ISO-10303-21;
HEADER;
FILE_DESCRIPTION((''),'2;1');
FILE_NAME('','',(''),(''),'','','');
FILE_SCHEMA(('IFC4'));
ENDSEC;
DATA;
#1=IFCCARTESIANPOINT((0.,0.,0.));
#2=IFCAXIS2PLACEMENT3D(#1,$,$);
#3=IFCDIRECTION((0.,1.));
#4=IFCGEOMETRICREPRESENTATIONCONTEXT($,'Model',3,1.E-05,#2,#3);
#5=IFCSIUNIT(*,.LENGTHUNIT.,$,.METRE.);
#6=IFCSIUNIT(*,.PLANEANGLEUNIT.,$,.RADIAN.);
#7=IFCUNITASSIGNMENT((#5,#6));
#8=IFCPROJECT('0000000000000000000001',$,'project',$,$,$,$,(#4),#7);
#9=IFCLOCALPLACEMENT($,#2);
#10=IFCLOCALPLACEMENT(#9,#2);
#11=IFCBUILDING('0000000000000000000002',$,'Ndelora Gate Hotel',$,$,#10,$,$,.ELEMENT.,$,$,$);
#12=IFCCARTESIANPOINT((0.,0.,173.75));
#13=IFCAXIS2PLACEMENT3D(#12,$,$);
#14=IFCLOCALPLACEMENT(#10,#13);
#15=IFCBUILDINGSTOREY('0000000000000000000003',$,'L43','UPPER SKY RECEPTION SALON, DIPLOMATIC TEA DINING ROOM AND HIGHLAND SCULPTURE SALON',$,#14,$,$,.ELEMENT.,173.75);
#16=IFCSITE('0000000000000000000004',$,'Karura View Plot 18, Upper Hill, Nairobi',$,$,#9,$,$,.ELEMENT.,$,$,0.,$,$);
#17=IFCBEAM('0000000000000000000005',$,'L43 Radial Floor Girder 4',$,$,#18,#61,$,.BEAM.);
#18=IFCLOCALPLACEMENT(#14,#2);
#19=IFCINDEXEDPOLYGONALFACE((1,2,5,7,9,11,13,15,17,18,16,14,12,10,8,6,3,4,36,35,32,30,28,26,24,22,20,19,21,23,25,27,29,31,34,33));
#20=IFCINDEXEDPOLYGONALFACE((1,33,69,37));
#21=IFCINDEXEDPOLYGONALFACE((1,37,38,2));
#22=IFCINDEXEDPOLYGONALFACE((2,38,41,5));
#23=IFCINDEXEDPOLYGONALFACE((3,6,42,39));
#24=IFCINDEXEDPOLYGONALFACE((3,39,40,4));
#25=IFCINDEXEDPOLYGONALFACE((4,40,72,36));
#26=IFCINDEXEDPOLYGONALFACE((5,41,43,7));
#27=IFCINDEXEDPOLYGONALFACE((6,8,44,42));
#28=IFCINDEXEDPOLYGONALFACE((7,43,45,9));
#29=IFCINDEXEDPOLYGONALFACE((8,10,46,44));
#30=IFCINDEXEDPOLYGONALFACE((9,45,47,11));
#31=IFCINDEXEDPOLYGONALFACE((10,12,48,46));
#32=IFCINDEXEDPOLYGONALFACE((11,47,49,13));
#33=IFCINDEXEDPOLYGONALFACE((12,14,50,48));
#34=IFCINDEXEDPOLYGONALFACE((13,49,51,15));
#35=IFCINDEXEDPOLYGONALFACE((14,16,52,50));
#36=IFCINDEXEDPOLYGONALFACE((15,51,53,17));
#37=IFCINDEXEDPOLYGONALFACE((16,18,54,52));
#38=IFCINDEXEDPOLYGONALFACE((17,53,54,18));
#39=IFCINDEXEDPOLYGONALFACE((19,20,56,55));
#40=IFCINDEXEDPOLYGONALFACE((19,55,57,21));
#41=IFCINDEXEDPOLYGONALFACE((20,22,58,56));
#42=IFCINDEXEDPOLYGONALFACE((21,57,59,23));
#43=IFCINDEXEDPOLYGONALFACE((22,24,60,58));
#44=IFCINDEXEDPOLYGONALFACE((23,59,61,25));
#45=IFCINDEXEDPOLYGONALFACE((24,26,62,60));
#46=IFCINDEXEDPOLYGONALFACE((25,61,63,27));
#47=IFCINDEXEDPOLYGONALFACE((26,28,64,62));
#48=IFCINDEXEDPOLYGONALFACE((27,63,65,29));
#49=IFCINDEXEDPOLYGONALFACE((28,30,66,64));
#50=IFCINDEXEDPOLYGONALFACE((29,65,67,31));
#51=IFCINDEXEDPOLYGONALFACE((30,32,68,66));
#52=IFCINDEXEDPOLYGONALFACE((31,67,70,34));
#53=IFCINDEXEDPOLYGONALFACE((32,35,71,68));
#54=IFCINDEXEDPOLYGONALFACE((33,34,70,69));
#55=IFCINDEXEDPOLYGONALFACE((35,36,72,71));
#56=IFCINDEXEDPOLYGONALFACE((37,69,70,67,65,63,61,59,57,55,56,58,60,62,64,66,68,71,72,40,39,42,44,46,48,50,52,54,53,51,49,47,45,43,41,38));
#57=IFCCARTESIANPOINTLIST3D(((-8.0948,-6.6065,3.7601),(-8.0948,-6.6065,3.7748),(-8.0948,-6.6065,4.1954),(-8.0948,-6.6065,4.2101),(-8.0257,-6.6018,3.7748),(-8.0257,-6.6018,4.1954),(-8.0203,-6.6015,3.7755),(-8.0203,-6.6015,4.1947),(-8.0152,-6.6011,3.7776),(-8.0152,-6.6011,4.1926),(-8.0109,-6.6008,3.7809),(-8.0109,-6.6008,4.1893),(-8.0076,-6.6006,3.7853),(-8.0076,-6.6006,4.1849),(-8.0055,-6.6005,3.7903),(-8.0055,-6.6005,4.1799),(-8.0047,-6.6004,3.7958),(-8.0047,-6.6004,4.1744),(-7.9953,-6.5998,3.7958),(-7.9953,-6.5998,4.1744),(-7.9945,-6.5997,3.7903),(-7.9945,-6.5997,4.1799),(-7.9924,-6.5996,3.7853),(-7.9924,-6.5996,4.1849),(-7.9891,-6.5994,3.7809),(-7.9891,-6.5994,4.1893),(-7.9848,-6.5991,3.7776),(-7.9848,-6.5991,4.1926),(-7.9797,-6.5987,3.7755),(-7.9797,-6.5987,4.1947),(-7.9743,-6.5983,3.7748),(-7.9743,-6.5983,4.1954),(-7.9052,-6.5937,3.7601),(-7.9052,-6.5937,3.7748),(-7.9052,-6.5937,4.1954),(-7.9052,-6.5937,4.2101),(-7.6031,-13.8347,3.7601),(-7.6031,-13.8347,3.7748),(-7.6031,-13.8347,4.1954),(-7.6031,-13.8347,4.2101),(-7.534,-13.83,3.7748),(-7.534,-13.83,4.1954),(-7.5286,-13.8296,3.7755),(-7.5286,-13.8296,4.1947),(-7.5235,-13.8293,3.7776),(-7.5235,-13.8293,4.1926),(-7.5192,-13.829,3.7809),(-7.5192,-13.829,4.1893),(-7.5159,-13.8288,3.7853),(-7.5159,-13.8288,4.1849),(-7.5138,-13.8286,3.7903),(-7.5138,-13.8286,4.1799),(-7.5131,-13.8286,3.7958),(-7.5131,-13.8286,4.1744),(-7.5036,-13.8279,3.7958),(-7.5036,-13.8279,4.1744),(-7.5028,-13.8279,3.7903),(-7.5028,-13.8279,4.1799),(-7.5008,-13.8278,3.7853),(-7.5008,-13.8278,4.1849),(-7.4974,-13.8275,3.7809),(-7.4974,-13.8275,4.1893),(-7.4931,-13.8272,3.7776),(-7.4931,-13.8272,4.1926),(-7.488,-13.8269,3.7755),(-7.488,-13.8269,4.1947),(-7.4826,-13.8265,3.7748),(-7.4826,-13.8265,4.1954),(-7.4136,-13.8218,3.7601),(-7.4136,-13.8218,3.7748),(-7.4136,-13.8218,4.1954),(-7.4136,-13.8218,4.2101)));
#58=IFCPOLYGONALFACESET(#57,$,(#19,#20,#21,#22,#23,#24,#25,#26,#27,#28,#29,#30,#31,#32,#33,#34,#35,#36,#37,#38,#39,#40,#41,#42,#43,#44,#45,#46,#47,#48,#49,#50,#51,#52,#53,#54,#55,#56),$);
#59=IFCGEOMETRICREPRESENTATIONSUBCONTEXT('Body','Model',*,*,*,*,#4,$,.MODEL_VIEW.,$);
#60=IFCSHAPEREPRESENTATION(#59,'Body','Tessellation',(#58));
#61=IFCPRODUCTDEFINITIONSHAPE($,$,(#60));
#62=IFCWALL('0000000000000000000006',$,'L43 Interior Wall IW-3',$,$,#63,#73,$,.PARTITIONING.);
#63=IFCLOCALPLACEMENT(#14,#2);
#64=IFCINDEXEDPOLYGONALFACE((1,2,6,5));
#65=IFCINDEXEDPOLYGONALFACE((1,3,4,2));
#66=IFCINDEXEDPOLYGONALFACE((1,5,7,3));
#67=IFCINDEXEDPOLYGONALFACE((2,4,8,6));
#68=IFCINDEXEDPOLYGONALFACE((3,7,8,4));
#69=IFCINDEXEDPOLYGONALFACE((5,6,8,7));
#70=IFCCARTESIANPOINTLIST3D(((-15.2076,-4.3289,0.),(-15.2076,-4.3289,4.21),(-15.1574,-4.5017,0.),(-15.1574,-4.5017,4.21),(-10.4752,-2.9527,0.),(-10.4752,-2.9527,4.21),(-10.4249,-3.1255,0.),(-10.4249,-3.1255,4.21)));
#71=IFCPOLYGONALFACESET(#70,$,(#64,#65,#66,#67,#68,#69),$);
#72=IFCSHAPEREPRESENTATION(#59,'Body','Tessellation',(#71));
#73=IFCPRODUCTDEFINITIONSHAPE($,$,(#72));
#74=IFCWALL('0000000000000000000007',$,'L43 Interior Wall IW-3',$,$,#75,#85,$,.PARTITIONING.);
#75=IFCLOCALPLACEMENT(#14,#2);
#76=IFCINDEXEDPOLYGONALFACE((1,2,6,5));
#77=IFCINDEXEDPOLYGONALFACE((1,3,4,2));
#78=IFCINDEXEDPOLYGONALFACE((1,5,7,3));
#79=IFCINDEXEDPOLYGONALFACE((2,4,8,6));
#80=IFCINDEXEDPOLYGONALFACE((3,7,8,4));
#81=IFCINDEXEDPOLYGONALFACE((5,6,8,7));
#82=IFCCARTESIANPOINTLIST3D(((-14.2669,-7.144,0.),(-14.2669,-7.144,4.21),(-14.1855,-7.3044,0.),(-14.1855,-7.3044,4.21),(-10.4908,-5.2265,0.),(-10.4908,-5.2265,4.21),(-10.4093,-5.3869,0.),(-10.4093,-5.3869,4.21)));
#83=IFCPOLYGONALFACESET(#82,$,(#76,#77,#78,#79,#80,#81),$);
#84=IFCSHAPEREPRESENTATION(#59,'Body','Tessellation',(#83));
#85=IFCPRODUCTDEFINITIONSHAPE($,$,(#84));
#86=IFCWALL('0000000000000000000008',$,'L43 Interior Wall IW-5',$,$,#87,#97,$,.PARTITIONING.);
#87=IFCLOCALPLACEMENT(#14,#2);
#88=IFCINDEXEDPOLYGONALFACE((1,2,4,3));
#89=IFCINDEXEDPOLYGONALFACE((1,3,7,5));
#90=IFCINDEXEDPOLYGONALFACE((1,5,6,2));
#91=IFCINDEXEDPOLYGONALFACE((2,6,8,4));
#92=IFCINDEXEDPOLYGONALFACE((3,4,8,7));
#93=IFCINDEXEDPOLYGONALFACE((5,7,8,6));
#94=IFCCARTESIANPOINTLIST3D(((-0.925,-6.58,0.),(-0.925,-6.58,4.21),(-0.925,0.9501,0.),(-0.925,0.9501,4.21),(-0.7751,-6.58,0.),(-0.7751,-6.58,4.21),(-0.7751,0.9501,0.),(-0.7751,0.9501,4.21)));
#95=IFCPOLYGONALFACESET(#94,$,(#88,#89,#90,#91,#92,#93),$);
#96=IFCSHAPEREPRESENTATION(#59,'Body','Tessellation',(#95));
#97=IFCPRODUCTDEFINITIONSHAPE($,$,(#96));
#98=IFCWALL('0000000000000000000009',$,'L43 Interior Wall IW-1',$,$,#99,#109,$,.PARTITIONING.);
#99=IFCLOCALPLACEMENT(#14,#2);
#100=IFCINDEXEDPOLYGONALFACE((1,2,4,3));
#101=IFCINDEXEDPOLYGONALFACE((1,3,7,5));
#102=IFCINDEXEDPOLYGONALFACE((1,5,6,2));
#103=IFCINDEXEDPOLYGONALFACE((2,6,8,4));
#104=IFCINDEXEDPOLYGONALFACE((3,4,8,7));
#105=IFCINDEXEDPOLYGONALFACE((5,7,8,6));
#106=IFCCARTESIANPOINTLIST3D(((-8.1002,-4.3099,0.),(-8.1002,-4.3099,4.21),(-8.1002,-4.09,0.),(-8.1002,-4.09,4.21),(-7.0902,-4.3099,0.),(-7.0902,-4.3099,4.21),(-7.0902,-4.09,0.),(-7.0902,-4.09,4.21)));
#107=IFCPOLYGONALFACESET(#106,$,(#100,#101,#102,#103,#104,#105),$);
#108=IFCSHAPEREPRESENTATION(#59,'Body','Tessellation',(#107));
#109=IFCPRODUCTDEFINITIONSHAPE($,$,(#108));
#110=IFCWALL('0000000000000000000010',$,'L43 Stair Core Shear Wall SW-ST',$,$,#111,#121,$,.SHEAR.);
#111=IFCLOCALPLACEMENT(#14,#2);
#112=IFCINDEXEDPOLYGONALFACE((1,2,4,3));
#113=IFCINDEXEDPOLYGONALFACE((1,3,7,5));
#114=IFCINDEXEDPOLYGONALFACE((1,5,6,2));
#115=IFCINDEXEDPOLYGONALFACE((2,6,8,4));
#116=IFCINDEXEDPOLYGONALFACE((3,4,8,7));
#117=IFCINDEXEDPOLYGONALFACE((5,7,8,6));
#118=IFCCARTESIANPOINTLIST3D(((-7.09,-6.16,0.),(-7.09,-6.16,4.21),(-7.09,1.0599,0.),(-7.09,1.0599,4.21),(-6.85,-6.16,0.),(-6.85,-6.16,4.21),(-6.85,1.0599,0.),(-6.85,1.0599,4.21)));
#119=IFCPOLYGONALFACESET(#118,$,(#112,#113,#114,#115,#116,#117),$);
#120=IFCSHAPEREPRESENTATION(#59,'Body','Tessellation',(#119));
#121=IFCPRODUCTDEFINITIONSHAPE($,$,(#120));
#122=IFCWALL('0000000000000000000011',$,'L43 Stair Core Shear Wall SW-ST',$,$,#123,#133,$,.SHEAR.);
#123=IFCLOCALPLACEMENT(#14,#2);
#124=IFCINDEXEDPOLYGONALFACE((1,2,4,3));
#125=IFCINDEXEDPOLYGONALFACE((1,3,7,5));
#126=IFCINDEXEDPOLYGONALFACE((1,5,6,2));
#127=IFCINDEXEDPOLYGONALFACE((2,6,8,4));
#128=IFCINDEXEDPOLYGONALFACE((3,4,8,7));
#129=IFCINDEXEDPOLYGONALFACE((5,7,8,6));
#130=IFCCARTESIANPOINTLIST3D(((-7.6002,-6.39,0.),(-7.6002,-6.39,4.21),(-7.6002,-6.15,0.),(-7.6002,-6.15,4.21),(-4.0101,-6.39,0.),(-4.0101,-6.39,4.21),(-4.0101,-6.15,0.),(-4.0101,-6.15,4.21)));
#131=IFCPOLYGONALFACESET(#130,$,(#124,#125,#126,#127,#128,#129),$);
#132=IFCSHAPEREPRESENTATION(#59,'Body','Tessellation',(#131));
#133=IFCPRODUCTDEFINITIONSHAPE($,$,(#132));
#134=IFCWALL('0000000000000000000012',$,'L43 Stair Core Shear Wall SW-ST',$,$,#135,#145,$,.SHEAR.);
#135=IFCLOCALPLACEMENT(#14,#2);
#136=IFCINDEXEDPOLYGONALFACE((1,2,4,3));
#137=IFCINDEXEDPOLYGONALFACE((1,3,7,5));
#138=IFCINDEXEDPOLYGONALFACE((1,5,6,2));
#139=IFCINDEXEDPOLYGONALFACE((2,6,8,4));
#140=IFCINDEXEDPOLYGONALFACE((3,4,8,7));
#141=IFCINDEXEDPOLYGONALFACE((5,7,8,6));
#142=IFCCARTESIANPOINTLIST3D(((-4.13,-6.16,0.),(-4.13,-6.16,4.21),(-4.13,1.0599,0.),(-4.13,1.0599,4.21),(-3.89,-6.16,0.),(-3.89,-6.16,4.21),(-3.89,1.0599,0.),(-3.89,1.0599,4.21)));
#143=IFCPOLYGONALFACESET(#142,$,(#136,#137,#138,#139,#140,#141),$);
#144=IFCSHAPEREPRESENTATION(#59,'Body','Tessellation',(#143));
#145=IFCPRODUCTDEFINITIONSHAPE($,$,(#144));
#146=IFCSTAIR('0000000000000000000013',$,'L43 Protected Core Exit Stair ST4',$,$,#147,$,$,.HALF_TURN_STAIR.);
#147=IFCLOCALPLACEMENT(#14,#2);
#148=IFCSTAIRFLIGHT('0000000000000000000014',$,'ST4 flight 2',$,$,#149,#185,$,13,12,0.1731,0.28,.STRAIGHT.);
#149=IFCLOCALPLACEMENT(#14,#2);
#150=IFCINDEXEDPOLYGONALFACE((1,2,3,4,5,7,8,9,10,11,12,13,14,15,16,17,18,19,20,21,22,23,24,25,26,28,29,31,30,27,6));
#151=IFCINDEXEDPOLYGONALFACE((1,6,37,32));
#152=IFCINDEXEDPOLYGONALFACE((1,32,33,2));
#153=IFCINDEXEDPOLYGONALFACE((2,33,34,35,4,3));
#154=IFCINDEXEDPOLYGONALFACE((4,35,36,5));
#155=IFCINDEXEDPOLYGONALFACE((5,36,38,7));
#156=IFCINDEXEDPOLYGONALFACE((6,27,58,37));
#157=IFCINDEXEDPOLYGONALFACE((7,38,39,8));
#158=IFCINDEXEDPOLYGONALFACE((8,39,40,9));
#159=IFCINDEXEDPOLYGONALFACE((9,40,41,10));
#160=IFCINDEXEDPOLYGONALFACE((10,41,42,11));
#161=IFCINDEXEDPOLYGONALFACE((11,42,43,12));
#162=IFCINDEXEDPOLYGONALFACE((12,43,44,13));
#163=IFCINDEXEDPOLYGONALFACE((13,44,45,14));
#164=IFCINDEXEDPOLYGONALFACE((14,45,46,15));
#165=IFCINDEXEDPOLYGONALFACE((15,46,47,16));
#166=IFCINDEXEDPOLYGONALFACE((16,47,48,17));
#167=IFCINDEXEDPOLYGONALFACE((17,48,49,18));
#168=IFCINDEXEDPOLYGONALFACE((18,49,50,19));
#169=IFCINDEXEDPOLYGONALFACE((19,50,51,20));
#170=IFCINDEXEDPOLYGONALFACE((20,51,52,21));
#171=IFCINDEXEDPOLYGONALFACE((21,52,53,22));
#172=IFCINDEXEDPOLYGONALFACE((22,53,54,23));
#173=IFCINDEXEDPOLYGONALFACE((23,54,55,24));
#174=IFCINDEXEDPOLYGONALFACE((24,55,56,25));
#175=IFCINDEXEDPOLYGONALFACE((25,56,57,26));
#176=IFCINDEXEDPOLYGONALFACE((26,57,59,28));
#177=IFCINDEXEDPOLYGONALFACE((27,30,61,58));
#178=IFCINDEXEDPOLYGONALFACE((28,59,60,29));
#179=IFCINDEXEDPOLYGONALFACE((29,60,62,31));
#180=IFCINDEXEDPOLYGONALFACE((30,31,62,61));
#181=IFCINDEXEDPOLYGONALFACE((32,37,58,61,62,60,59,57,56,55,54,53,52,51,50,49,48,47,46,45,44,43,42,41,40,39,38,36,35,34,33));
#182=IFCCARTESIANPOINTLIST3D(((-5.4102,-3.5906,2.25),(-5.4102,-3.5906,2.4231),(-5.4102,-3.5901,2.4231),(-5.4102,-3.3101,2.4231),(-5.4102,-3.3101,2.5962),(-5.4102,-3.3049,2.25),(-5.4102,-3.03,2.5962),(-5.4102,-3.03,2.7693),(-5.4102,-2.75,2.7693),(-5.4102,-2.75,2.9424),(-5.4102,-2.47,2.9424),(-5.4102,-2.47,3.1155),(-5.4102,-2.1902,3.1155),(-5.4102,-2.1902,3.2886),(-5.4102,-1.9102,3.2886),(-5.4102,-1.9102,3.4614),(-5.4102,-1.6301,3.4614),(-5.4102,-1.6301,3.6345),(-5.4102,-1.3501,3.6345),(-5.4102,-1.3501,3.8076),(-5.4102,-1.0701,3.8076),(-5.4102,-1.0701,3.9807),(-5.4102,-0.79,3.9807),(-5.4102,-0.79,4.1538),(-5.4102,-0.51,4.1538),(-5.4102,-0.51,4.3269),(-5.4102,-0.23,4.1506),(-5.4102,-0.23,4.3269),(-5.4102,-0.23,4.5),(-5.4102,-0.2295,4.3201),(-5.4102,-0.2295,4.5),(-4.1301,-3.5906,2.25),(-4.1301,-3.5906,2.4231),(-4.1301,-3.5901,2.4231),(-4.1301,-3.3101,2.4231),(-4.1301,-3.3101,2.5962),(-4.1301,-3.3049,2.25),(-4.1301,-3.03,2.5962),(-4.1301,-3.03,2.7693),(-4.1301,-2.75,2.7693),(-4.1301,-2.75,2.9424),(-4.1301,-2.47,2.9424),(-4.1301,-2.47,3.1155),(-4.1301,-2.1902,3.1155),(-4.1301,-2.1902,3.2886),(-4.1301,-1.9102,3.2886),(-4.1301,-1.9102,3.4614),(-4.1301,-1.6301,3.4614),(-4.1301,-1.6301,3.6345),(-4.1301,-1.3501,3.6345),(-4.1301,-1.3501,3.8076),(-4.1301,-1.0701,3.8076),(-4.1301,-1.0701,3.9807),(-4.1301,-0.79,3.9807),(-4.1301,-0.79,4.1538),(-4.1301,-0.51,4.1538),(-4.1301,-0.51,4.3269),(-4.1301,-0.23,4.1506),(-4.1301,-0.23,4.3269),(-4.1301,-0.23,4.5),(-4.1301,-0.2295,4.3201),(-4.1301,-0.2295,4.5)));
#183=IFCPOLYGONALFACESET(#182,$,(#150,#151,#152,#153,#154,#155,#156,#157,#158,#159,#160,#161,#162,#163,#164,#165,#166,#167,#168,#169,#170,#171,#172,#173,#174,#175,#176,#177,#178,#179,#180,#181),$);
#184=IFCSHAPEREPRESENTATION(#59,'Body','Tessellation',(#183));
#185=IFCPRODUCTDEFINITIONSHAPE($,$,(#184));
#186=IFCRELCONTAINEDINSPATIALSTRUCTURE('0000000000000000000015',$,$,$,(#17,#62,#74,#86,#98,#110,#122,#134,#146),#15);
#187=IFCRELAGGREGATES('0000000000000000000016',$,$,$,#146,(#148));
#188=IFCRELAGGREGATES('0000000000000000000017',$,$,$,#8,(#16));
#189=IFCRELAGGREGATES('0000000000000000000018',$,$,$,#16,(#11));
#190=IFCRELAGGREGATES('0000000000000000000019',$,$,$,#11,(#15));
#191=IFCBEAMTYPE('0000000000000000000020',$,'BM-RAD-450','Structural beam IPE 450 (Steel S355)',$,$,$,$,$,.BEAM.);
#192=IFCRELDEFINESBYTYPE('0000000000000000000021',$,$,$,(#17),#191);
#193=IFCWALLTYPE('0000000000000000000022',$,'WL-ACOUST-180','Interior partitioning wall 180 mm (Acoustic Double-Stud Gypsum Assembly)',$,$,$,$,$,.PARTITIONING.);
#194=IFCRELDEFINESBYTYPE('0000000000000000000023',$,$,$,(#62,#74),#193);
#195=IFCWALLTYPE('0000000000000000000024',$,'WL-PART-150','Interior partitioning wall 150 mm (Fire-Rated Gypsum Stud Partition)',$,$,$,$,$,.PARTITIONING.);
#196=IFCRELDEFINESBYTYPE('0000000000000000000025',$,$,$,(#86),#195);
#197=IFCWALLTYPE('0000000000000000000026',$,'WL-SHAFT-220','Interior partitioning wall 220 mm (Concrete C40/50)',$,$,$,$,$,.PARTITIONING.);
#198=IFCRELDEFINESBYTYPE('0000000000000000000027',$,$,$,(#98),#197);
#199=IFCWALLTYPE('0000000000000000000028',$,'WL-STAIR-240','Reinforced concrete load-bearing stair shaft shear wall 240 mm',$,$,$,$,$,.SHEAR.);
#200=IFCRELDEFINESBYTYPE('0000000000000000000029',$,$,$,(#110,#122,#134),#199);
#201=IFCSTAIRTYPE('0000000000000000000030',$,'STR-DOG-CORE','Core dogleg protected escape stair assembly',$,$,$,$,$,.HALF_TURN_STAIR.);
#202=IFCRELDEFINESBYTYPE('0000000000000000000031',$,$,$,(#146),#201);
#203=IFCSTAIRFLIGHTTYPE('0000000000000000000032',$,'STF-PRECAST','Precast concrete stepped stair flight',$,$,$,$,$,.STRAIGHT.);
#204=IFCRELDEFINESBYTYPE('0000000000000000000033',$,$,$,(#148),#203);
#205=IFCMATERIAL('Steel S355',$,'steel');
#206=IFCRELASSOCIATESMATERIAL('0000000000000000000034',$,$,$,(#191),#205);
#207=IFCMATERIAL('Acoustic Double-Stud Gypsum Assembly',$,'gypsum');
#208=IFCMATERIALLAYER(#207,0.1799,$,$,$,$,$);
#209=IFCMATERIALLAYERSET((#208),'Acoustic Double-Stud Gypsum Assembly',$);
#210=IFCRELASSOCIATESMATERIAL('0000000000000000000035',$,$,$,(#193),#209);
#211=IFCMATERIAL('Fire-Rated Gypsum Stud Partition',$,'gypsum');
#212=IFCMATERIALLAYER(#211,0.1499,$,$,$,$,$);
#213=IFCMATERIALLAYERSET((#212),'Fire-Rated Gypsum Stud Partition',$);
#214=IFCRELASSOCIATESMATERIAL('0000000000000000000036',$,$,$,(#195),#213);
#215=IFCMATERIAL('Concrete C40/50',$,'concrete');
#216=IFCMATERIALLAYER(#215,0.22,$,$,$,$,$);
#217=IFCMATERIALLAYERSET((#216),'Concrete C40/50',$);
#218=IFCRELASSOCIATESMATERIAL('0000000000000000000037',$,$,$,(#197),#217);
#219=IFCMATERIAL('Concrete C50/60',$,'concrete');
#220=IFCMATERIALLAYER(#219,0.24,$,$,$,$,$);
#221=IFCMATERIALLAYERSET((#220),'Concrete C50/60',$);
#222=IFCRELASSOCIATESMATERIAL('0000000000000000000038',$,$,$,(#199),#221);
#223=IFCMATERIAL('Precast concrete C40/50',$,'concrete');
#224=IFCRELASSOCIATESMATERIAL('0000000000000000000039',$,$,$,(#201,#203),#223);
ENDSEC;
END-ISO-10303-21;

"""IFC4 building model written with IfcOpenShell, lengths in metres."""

from ifc_helpers import new_model, si_unit, direction, frame, frame_2d, origin, origin_2d, place, context, subcontext, project, spatial, polyline, rectangle, i_section, outline, extrude, material, layer, layer_set, material_profile, profile_set, type_object, element, aggregate, save


model = new_model("IFC4")

# Units and contexts
model_context = context("Model", 3, precision=1e-05, world=origin(), true_north=direction((0.0, 1.0)))
body_context = subcontext(model_context, "Body", "Model", "MODEL_VIEW")
ifc_project = project(units=[si_unit("LENGTHUNIT", "METRE"), si_unit("PLANEANGLEUNIT", "RADIAN")], contexts=[model_context])

# Site, building, storey
site_placement = place(None, origin())
site = spatial("IfcSite", under=ifc_project, at=site_placement, Name="Karura View Plot 18, Upper Hill, Nairobi", CompositionType="ELEMENT", RefElevation=0.0)
building_placement = place(site_placement, origin())
building = spatial("IfcBuilding", under=site, at=building_placement, Name="Ndelora Gate Hotel", CompositionType="ELEMENT")
storey_placement = place(building_placement, frame((0.0, 0.0, 173.75)))
storey = spatial("IfcBuildingStorey", under=building, at=storey_placement, Name="L43", Description="UPPER SKY RECEPTION SALON, DIPLOMATIC TEA DINING ROOM AND HIGHLAND SCULPTURE SALON", CompositionType="ELEMENT", Elevation=173.75)

# Shared definitions
ifc_material_1 = material(Name="Concrete C50/60", Category="concrete")

# Beam
ifc_material_2 = material(Name="Steel S355", Category="steel")
ifc_material_profile_1 = material_profile(ifc_material_2, i_section(OverallWidth=0.1899, OverallDepth=0.45, WebThickness=0.0095, FlangeThickness=0.0146, FilletRadius=0.021, at=origin_2d()), Name="IPE 450")
ifc_profile_set_1 = profile_set([ifc_material_profile_1], Name="Steel S355")
beam_type_1 = type_object("IfcBeamType", Name="BM-RAD-450", Description="Structural beam IPE 450 (Steel S355)", PredefinedType="BEAM", material=ifc_profile_set_1)
beam_1_placement = place(storey_placement, frame((-8.0, -6.6001, 3.9851), z_axis=(0.067868, -0.997694, 0.0), x_axis=(0.997694, 0.067868, 0.0)))
element("IfcBeam", 1, at=beam_1_placement, inside=storey, type_object=beam_type_1, Name="L43 Radial Floor Girder 4", PredefinedType="BEAM", context=body_context, shape_type="SweptSolid", body=[
    extrude(i_section(OverallWidth=0.1899, OverallDepth=0.45, WebThickness=0.0095, FlangeThickness=0.0146, FilletRadius=0.021, at=origin_2d()), origin(), (0.0, 0.0, 1.0), 7.2449),
])

# Walls
ifc_material_3 = material(Name="Acoustic Double-Stud Gypsum Assembly", Category="gypsum")
ifc_layer_1 = layer(ifc_material_3, 0.1799)
ifc_layer_set_1 = layer_set([ifc_layer_1], Name="Acoustic Double-Stud Gypsum Assembly")
wall_type_1 = type_object("IfcWallType", Name="WL-ACOUST-180", Description="Interior partitioning wall 180 mm (Acoustic Double-Stud Gypsum Assembly)", PredefinedType="PARTITIONING", material=ifc_layer_set_1)
wall_1_placement = place(storey_placement, frame((-10.45, -3.0391, 0.0), z_axis=(0.0, 0.0, 1.0), x_axis=(-0.960222, -0.279239, 0.0)))
element("IfcWall", 2, at=wall_1_placement, inside=storey, type_object=wall_type_1, Name="L43 Interior Wall IW-3", PredefinedType="PARTITIONING", context=body_context, shape_type="SweptSolid", body=[
    extrude(rectangle(XDim=4.9285, YDim=0.1799, at=frame_2d((2.4644, 0.0))), origin(), (0.0, 0.0, 1.0), 4.21),
])
wall_2_placement = place(storey_placement, frame((-10.45, -5.3066, 0.0), z_axis=(0.0, 0.0, 1.0), x_axis=(-0.891631, -0.452762, 0.0)))
element("IfcWall", 3, at=wall_2_placement, inside=storey, type_object=wall_type_1, Name="L43 Interior Wall IW-3", PredefinedType="PARTITIONING", context=body_context, shape_type="SweptSolid", body=[
    extrude(rectangle(XDim=4.2351, YDim=0.1799, at=frame_2d((2.1177, 0.0))), origin(), (0.0, 0.0, 1.0), 4.21),
])
ifc_material_4 = material(Name="Fire-Rated Gypsum Stud Partition", Category="gypsum")
ifc_layer_2 = layer(ifc_material_4, 0.1499)
ifc_layer_set_2 = layer_set([ifc_layer_2], Name="Fire-Rated Gypsum Stud Partition")
wall_type_2 = type_object("IfcWallType", Name="WL-PART-150", Description="Interior partitioning wall 150 mm (Fire-Rated Gypsum Stud Partition)", PredefinedType="PARTITIONING", material=ifc_layer_set_2)
wall_3_placement = place(storey_placement, frame((-0.8501, -6.5801, 0.0), z_axis=(0.0, 0.0, 1.0), x_axis=(0.0, 1.0, 0.0)))
element("IfcWall", 4, at=wall_3_placement, inside=storey, type_object=wall_type_2, Name="L43 Interior Wall IW-5", PredefinedType="PARTITIONING", context=body_context, shape_type="SweptSolid", body=[
    extrude(rectangle(XDim=7.53, YDim=0.1499, at=frame_2d((3.7651, 0.0))), origin(), (0.0, 0.0, 1.0), 4.21),
])
ifc_material_5 = material(Name="Concrete C40/50", Category="concrete")
ifc_layer_3 = layer(ifc_material_5, 0.22)
ifc_layer_set_3 = layer_set([ifc_layer_3], Name="Concrete C40/50")
wall_type_3 = type_object("IfcWallType", Name="WL-SHAFT-220", Description="Interior partitioning wall 220 mm (Concrete C40/50)", PredefinedType="PARTITIONING", material=ifc_layer_set_3)
wall_4_placement = place(storey_placement, frame((-8.1001, -4.2, 0.0), z_axis=(0.0, 0.0, 1.0), x_axis=(1.0, 0.0, 0.0)))
element("IfcWall", 5, at=wall_4_placement, inside=storey, type_object=wall_type_3, Name="L43 Interior Wall IW-1", PredefinedType="PARTITIONING", context=body_context, shape_type="SweptSolid", body=[
    extrude(rectangle(XDim=1.01, YDim=0.22, at=frame_2d((0.5049, 0.0))), origin(), (0.0, 0.0, 1.0), 4.21),
])
ifc_layer_4 = layer(ifc_material_1, 0.24)
ifc_layer_set_4 = layer_set([ifc_layer_4], Name="Concrete C50/60")
wall_type_4 = type_object("IfcWallType", Name="WL-STAIR-240", Description="Reinforced concrete load-bearing stair shaft shear wall 240 mm", PredefinedType="SHEAR", material=ifc_layer_set_4)
wall_5_placement = place(storey_placement, frame((-6.97, -6.1599, 0.0), z_axis=(0.0, 0.0, 1.0), x_axis=(0.0, 1.0, 0.0)))
element("IfcWall", 6, at=wall_5_placement, inside=storey, type_object=wall_type_4, Name="L43 Stair Core Shear Wall SW-ST", PredefinedType="SHEAR", context=body_context, shape_type="SweptSolid", body=[
    extrude(rectangle(XDim=7.22, YDim=0.24, at=frame_2d((3.6099, 0.0))), origin(), (0.0, 0.0, 1.0), 4.21),
])
wall_6_placement = place(storey_placement, frame((-7.6001, -6.27, 0.0), z_axis=(0.0, 0.0, 1.0), x_axis=(1.0, 0.0, 0.0)))
element("IfcWall", 7, at=wall_6_placement, inside=storey, type_object=wall_type_4, Name="L43 Stair Core Shear Wall SW-ST", PredefinedType="SHEAR", context=body_context, shape_type="SweptSolid", body=[
    extrude(rectangle(XDim=3.5901, YDim=0.24, at=frame_2d((1.7949, 0.0))), origin(), (0.0, 0.0, 1.0), 4.21),
])
wall_7_placement = place(storey_placement, frame((-4.01, -6.1599, 0.0), z_axis=(0.0, 0.0, 1.0), x_axis=(0.0, 1.0, 0.0)))
element("IfcWall", 8, at=wall_7_placement, inside=storey, type_object=wall_type_4, Name="L43 Stair Core Shear Wall SW-ST", PredefinedType="SHEAR", context=body_context, shape_type="SweptSolid", body=[
    extrude(rectangle(XDim=7.22, YDim=0.24, at=frame_2d((3.6099, 0.0))), origin(), (0.0, 0.0, 1.0), 4.21),
])

# Stair, stair flight
ifc_material_6 = material(Name="Precast concrete C40/50", Category="concrete")
stair_type = type_object("IfcStairType", Name="STR-DOG-CORE", Description="Core dogleg protected escape stair assembly", PredefinedType="HALF_TURN_STAIR", material=ifc_material_6)
stair_placement = place(storey_placement, origin())
stair = element("IfcStair", 9, at=stair_placement, inside=storey, type_object=stair_type, Name="L43 Protected Core Exit Stair ST4", PredefinedType="HALF_TURN_STAIR")
stair_flight_type = type_object("IfcStairFlightType", Name="STF-PRECAST", Description="Precast concrete stepped stair flight", PredefinedType="STRAIGHT", material=ifc_material_6)
stair_flight_placement = place(storey_placement, frame((-4.77, -3.5901, 2.25), z_axis=(0.0, 0.0, 1.0), x_axis=(0.0, 1.0, 0.0)))
stair_flight = element("IfcStairFlight", 10, at=stair_flight_placement, type_object=stair_flight_type, Name="ST4 flight 2", NumberOfRisers=13, NumberOfTreads=12, PredefinedType="STRAIGHT", RiserHeight=0.1731, TreadLength=0.28, context=body_context, shape_type="SweptSolid", body=[
    extrude(outline(polyline([(-0.0005, 0.0), (-0.0005, 0.1731), (0.0, 0.1731), (0.28, 0.1731), (0.28, 0.3462), (0.5601, 0.3462), (0.5601, 0.5193), (0.8401, 0.5193), (0.8401, 0.6924), (1.1201, 0.6924), (1.1201, 0.8655), (1.3999, 0.8655), (1.3999, 1.0386), (1.6799, 1.0386), (1.6799, 1.2114), (1.96, 1.2114), (1.96, 1.3845), (2.24, 1.3845), (2.24, 1.5576), (2.52, 1.5576), (2.52, 1.7307), (2.8, 1.7307), (2.8, 1.9038), (3.0801, 1.9038), (3.0801, 2.0769), (3.3601, 2.0769), (3.3601, 2.25), (3.3606, 2.25), (3.3606, 2.0701), (3.3601, 1.9006), (0.2852, 0.0), (-0.0005, 0.0)])), frame((0.0, 0.6401, 0.0), z_axis=(0.0, -1.0, 0.0), x_axis=(1.0, 0.0, 0.0)), (0.0, 0.0, 1.0), 1.28),
])
aggregate(stair, [stair_flight])

save(model, "model.ifc")
